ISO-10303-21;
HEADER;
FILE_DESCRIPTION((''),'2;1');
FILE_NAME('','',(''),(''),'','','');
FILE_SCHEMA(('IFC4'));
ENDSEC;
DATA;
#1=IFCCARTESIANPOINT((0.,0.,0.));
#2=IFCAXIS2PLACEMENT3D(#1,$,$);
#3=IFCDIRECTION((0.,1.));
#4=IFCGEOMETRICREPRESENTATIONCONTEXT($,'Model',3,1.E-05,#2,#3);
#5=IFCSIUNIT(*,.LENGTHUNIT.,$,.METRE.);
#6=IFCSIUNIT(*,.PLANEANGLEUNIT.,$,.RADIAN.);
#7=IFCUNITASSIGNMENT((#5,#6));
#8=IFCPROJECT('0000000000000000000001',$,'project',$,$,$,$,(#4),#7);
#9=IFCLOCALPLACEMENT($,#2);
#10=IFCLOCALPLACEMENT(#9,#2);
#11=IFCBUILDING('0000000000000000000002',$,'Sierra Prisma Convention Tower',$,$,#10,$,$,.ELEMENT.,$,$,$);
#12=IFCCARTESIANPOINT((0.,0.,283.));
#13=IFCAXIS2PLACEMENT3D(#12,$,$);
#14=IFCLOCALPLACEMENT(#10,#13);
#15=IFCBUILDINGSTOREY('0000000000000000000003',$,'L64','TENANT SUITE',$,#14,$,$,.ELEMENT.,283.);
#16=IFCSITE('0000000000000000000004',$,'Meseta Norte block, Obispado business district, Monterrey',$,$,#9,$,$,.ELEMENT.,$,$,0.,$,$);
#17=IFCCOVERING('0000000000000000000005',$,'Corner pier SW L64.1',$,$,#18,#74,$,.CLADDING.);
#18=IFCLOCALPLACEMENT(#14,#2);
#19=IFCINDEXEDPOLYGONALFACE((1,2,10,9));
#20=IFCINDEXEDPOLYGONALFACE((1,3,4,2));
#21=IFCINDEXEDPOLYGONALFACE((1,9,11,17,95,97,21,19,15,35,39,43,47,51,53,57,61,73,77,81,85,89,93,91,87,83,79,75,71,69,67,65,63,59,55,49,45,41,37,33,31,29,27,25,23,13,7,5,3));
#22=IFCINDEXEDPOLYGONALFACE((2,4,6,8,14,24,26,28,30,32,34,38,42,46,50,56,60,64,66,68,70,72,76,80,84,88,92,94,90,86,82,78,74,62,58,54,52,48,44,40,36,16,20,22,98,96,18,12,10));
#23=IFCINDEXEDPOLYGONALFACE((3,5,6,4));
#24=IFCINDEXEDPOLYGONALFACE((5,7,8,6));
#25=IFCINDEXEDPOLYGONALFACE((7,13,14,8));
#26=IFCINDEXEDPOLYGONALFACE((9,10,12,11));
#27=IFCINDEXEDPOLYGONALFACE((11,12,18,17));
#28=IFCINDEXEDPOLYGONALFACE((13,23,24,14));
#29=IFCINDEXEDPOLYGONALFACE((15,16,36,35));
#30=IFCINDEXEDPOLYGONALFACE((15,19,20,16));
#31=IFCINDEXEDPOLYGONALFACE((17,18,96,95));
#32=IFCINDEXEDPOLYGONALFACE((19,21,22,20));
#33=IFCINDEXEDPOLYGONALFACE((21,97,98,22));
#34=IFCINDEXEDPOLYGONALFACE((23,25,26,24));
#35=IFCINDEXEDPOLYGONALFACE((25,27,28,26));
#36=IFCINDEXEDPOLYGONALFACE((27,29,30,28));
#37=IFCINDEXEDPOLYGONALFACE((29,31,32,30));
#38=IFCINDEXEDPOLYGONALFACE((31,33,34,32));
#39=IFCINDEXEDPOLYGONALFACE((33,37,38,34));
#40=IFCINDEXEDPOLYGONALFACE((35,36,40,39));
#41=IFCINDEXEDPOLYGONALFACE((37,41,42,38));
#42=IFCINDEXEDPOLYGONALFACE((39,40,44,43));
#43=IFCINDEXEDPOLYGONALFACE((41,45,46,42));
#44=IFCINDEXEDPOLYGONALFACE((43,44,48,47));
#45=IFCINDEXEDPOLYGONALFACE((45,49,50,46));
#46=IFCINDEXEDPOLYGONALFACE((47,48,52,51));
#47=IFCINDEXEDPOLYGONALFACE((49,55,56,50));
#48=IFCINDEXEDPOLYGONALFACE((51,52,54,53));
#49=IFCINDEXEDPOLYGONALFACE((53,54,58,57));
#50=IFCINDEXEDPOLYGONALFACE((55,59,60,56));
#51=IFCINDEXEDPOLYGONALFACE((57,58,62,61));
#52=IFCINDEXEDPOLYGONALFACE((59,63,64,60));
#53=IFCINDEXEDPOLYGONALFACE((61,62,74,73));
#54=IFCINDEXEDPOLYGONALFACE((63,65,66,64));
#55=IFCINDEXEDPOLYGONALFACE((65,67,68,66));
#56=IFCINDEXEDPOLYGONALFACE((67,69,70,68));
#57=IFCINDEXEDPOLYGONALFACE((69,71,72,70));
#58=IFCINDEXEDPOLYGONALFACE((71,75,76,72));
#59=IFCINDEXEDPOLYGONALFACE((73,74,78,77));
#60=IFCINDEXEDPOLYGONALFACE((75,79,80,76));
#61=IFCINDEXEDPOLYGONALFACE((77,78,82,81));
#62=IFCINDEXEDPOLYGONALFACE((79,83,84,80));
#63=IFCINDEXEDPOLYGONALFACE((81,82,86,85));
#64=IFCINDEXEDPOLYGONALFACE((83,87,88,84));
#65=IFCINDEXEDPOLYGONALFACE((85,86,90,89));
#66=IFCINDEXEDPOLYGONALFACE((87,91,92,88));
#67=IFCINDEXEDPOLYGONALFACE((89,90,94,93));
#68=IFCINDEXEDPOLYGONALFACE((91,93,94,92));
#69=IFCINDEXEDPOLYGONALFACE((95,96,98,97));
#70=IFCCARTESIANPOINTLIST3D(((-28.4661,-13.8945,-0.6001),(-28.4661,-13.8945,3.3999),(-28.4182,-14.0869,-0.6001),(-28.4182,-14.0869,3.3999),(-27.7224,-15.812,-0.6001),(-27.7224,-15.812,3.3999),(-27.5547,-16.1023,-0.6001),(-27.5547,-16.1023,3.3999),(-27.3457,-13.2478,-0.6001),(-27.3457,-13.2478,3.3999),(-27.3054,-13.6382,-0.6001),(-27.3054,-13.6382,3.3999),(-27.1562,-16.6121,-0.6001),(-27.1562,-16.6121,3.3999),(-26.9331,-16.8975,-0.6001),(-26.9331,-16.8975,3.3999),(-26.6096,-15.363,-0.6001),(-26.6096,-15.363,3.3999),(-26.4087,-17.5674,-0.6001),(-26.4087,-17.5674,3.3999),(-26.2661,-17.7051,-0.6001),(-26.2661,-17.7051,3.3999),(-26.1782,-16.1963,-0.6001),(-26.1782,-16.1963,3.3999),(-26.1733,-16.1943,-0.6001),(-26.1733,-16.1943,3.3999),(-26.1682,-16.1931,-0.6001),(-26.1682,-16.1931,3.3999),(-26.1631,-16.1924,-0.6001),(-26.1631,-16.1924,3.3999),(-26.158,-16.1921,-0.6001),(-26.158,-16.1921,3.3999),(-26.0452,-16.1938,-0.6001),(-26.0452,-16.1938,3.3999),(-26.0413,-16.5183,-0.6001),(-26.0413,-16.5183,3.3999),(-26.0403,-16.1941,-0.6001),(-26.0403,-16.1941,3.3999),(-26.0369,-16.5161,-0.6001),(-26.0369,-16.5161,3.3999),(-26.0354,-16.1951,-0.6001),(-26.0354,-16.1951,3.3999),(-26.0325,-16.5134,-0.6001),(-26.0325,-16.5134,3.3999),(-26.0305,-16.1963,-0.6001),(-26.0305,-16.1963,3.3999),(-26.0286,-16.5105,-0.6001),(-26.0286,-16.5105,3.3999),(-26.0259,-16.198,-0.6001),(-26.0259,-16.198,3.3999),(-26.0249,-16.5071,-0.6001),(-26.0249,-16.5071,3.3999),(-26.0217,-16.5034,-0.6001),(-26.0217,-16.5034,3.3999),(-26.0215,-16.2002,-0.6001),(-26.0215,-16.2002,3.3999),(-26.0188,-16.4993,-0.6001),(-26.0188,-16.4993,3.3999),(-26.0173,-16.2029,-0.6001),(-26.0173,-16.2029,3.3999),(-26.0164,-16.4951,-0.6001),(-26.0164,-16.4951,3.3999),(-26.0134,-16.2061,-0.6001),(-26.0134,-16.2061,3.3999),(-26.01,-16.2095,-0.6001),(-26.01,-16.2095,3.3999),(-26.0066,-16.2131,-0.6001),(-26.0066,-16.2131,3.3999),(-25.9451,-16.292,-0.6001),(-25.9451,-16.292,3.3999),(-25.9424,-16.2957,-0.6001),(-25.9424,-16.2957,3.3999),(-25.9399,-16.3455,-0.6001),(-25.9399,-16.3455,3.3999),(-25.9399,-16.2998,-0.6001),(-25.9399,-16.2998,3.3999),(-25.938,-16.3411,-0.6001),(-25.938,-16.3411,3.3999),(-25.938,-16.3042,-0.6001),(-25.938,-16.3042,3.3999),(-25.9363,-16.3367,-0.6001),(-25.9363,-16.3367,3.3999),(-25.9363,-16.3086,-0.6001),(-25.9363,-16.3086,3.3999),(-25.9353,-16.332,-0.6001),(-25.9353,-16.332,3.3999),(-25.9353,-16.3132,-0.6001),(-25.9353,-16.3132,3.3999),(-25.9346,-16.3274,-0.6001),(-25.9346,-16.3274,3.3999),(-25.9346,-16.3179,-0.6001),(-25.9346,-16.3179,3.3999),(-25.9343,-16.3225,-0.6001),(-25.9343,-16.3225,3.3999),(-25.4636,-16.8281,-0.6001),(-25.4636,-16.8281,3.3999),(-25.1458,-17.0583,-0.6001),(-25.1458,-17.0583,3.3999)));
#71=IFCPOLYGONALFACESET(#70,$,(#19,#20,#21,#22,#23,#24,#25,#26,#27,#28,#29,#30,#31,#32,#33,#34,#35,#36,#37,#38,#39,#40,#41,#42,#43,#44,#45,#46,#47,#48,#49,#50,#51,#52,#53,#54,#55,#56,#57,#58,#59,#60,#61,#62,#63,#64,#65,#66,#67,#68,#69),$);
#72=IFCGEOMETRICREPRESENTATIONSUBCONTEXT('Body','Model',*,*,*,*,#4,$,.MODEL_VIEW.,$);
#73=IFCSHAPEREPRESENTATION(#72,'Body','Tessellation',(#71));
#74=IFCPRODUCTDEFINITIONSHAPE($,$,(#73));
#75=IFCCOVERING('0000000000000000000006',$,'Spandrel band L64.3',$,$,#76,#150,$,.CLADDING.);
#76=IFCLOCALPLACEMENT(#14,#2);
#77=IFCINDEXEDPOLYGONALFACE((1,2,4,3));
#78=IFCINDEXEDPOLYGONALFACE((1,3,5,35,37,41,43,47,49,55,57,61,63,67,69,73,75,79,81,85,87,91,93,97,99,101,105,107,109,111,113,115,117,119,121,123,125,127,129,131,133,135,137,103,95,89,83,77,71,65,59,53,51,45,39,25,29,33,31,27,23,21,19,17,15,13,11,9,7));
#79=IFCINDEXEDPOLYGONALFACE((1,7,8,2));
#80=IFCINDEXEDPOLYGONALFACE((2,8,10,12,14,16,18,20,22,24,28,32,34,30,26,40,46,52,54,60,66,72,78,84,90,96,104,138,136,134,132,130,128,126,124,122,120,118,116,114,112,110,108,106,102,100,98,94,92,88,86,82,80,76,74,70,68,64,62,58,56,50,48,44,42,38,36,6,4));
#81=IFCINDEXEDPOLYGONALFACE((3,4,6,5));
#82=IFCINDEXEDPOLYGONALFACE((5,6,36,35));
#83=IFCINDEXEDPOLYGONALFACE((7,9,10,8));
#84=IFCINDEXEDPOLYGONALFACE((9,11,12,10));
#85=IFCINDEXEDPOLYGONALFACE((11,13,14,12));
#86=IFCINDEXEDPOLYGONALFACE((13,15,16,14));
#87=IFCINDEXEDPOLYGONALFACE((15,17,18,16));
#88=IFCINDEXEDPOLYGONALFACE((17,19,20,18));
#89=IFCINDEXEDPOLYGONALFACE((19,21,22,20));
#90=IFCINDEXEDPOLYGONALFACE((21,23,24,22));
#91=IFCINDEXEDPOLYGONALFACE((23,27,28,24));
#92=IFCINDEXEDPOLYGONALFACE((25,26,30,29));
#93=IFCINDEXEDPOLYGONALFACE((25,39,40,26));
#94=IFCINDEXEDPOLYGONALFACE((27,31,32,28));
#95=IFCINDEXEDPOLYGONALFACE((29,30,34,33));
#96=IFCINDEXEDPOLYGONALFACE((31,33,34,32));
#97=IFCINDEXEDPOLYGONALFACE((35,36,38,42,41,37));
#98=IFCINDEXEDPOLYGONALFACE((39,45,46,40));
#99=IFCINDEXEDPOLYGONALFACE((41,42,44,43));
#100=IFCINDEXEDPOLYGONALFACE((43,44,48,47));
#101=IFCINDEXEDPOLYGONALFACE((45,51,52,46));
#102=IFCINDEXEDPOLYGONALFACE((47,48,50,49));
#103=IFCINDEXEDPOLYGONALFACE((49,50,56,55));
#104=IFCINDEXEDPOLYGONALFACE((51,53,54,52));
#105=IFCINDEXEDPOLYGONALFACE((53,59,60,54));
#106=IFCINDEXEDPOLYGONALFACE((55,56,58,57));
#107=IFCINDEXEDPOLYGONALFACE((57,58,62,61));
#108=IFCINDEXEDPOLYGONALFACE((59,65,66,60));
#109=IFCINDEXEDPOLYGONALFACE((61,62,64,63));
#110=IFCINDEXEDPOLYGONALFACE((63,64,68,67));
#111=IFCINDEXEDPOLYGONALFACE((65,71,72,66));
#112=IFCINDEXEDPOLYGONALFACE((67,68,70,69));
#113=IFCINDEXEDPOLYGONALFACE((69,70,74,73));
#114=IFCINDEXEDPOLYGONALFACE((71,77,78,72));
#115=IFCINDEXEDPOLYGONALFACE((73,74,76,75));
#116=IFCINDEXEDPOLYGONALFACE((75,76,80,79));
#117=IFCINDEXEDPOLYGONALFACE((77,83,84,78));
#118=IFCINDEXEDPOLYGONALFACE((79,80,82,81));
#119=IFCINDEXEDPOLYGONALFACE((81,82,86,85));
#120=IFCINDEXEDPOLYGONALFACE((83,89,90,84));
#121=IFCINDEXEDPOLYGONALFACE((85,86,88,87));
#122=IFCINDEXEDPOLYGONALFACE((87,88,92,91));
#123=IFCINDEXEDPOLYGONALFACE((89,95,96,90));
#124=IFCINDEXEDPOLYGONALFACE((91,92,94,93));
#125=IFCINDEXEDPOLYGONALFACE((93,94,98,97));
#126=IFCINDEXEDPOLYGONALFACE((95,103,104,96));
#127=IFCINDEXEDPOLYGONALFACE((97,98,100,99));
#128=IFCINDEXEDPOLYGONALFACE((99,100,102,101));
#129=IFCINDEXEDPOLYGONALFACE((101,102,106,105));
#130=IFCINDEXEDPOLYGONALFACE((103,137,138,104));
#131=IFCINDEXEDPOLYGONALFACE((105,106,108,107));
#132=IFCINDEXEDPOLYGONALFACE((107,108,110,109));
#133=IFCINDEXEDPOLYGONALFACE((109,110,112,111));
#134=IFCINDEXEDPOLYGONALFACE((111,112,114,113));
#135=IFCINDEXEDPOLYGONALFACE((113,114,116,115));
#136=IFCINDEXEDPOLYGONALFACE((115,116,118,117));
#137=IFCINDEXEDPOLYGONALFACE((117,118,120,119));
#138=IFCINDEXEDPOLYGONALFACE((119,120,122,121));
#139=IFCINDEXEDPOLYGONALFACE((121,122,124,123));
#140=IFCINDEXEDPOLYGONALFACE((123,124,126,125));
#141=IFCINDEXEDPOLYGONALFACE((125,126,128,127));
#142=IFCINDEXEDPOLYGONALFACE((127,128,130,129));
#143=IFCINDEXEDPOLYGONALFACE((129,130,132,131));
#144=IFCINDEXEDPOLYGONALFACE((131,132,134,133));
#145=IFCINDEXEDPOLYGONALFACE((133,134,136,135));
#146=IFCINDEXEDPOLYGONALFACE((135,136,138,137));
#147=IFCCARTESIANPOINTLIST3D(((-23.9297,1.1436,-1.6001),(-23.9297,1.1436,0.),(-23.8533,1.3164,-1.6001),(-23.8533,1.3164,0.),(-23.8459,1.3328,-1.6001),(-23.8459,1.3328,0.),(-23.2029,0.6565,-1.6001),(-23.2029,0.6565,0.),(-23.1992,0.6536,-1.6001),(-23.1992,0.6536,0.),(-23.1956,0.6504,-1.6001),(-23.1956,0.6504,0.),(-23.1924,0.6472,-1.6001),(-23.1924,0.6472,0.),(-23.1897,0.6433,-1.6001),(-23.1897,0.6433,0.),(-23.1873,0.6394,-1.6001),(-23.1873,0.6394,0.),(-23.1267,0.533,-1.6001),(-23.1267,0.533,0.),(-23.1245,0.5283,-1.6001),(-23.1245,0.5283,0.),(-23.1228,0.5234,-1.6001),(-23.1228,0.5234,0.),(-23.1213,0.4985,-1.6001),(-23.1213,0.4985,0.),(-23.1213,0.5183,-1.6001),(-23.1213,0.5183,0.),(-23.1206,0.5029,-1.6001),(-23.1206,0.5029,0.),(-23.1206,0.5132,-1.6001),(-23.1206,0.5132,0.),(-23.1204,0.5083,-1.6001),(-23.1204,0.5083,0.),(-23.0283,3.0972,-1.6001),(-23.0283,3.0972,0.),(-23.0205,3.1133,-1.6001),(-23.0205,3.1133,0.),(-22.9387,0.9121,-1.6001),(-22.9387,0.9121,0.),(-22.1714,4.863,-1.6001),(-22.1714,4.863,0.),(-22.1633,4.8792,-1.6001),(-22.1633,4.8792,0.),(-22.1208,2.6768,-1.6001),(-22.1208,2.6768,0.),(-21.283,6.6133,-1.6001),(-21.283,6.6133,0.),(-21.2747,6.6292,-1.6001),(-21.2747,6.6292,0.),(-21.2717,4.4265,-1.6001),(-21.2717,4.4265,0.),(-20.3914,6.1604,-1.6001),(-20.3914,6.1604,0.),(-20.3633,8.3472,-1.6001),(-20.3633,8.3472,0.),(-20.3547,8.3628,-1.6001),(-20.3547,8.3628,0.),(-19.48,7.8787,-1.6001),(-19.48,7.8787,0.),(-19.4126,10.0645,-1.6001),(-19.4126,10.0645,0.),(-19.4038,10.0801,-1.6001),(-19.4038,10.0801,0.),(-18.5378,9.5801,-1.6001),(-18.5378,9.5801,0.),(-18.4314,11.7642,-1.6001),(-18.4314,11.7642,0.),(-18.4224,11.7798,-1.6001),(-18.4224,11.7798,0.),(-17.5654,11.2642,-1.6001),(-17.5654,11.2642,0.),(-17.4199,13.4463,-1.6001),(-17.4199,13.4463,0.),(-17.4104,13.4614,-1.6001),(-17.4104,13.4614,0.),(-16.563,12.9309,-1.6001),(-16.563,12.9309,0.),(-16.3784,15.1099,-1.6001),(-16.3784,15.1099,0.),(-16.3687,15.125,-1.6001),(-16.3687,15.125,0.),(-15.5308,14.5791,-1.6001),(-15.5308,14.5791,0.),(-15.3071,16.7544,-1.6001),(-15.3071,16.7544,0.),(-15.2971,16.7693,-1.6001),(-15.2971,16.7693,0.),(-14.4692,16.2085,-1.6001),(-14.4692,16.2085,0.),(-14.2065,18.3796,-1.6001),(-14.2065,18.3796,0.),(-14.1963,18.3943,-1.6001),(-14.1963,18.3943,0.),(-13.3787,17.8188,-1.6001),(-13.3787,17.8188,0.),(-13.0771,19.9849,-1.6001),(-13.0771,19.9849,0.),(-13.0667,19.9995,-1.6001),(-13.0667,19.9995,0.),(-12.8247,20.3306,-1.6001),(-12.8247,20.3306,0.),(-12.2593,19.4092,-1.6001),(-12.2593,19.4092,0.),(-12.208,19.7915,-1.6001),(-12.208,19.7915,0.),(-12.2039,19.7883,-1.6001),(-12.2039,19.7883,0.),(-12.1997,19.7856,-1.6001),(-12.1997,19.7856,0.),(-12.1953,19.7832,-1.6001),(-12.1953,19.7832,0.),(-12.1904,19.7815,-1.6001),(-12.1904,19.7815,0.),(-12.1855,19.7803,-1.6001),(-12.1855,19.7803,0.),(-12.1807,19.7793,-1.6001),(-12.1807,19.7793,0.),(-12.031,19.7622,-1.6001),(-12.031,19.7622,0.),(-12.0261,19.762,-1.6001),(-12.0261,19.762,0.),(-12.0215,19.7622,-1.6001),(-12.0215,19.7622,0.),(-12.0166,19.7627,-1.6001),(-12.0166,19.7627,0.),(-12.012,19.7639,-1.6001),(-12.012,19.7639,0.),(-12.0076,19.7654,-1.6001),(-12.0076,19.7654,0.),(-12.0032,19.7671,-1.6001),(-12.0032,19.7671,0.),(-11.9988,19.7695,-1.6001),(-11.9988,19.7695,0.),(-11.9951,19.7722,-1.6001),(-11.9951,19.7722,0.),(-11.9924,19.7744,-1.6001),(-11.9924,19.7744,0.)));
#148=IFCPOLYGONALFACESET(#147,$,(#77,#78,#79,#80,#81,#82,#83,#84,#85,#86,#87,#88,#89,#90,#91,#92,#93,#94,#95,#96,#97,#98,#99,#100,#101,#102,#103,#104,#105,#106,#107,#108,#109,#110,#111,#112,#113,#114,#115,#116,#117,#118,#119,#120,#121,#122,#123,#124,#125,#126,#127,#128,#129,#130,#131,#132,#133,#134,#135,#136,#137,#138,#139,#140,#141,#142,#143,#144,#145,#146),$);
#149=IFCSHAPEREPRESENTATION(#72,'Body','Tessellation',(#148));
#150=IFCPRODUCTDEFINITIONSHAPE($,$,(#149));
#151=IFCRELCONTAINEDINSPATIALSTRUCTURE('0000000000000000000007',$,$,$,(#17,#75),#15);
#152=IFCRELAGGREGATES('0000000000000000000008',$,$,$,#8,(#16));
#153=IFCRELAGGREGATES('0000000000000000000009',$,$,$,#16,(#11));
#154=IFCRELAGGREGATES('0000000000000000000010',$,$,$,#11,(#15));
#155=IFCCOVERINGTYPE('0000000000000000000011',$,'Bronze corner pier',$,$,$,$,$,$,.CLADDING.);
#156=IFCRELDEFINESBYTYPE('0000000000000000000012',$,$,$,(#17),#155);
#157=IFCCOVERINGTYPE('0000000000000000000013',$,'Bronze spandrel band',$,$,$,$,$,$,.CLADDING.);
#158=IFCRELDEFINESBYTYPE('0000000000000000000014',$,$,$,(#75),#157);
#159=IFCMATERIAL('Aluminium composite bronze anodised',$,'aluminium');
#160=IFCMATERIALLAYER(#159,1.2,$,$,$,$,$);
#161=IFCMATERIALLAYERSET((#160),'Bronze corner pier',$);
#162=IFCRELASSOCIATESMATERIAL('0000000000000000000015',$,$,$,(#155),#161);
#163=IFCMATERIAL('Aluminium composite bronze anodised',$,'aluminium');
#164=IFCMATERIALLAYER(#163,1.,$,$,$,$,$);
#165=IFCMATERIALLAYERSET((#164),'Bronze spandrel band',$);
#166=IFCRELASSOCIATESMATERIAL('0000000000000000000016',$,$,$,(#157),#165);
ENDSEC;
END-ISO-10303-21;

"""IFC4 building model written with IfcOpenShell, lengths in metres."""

from ifc_helpers import new_model, si_unit, direction, frame, origin, place, context, subcontext, project, spatial, polyline, outline, extrude, material, layer, layer_set, type_object, element, save


model = new_model("IFC4")

# Units and contexts
model_context = context("Model", 3, precision=1e-05, world=origin(), true_north=direction((0.0, 1.0)))
body_context = subcontext(model_context, "Body", "Model", "MODEL_VIEW")
ifc_project = project(units=[si_unit("LENGTHUNIT", "METRE"), si_unit("PLANEANGLEUNIT", "RADIAN")], contexts=[model_context])

# Site, building, storey
site_placement = place(None, origin())
site = spatial("IfcSite", under=ifc_project, at=site_placement, Name="Meseta Norte block, Obispado business district, Monterrey", CompositionType="ELEMENT", RefElevation=0.0)
building_placement = place(site_placement, origin())
building = spatial("IfcBuilding", under=site, at=building_placement, Name="Sierra Prisma Convention Tower", CompositionType="ELEMENT")
storey_placement = place(building_placement, frame((0.0, 0.0, 283.0)))
storey = spatial("IfcBuildingStorey", under=building, at=storey_placement, Name="L64", Description="TENANT SUITE", CompositionType="ELEMENT", Elevation=283.0)

# Coverings
ifc_material_1 = material(Name="Aluminium composite bronze anodised", Category="aluminium")
ifc_layer_1 = layer(ifc_material_1, 1.2)
ifc_layer_set_1 = layer_set([ifc_layer_1], Name="Bronze corner pier")
covering_type_1 = type_object("IfcCoveringType", Name="Bronze corner pier", PredefinedType="CLADDING", material=ifc_layer_set_1)
covering_1_placement = place(storey_placement, frame((0.0, 0.0, -0.6001)))
element("IfcCovering", 1, at=covering_1_placement, inside=storey, type_object=covering_type_1, Name="Corner pier SW L64.1", PredefinedType="CLADDING", context=body_context, shape_type="SweptSolid", body=[
    extrude(outline(polyline([(-27.3457, -13.2478), (-27.3054, -13.6382), (-26.6096, -15.363), (-25.4636, -16.8281), (-25.1458, -17.0583), (-26.2661, -17.7051), (-26.4087, -17.5674), (-26.9331, -16.8975), (-26.0413, -16.5183), (-26.0369, -16.5161), (-26.0325, -16.5134), (-26.0286, -16.5105), (-26.0249, -16.5071), (-26.0217, -16.5034), (-26.0188, -16.4993), (-26.0164, -16.4951), (-25.9399, -16.3455), (-25.938, -16.3411), (-25.9363, -16.3367), (-25.9353, -16.332), (-25.9346, -16.3274), (-25.9343, -16.3225), (-25.9346, -16.3179), (-25.9353, -16.3132), (-25.9363, -16.3086), (-25.938, -16.3042), (-25.9399, -16.2998), (-25.9424, -16.2957), (-25.9451, -16.292), (-26.0066, -16.2131), (-26.01, -16.2095), (-26.0134, -16.2061), (-26.0173, -16.2029), (-26.0215, -16.2002), (-26.0259, -16.198), (-26.0305, -16.1963), (-26.0354, -16.1951), (-26.0403, -16.1941), (-26.0452, -16.1938), (-26.158, -16.1921), (-26.1631, -16.1924), (-26.1682, -16.1931), (-26.1733, -16.1943), (-26.1782, -16.1963), (-27.1562, -16.6121), (-27.5547, -16.1023), (-27.7224, -15.812), (-28.4182, -14.0869), (-28.4661, -13.8945), (-27.3457, -13.2478)])), origin(), (0.0, 0.0, 1.0), 4.0),
])
ifc_material_2 = material(Name="Aluminium composite bronze anodised", Category="aluminium")
ifc_layer_2 = layer(ifc_material_2, 1.0)
ifc_layer_set_2 = layer_set([ifc_layer_2], Name="Bronze spandrel band")
covering_type_2 = type_object("IfcCoveringType", Name="Bronze spandrel band", PredefinedType="CLADDING", material=ifc_layer_set_2)
covering_2_placement = place(storey_placement, frame((0.0, 0.0, -1.6001)))
element("IfcCovering", 2, at=covering_2_placement, inside=storey, type_object=covering_type_2, Name="Spandrel band L64.3", PredefinedType="CLADDING", context=body_context, shape_type="SweptSolid", body=[
    extrude(outline(polyline([(-21.283, 6.6133), (-21.2747, 6.6292), (-20.3633, 8.3472), (-20.3547, 8.3628), (-19.4126, 10.0645), (-19.4038, 10.0801), (-18.4314, 11.7642), (-18.4224, 11.7798), (-17.4199, 13.4463), (-17.4104, 13.4614), (-16.3784, 15.1099), (-16.3687, 15.125), (-15.3071, 16.7544), (-15.2971, 16.7693), (-14.2065, 18.3796), (-14.1963, 18.3943), (-13.0771, 19.9849), (-13.0667, 19.9995), (-12.8247, 20.3306), (-12.208, 19.7915), (-12.2039, 19.7883), (-12.1997, 19.7856), (-12.1953, 19.7832), (-12.1904, 19.7815), (-12.1855, 19.7803), (-12.1807, 19.7793), (-12.031, 19.7622), (-12.0261, 19.762), (-12.0215, 19.7622), (-12.0166, 19.7627), (-12.012, 19.7639), (-12.0076, 19.7654), (-12.0032, 19.7671), (-11.9988, 19.7695), (-11.9951, 19.7722), (-11.9924, 19.7744), (-12.2593, 19.4092), (-13.3787, 17.8188), (-14.4692, 16.2085), (-15.5308, 14.5791), (-16.563, 12.9309), (-17.5654, 11.2642), (-18.5378, 9.5801), (-19.48, 7.8787), (-20.3914, 6.1604), (-21.2717, 4.4265), (-22.1208, 2.6768), (-22.9387, 0.9121), (-23.1213, 0.4985), (-23.1206, 0.5029), (-23.1204, 0.5083), (-23.1206, 0.5132), (-23.1213, 0.5183), (-23.1228, 0.5234), (-23.1245, 0.5283), (-23.1267, 0.533), (-23.1873, 0.6394), (-23.1897, 0.6433), (-23.1924, 0.6472), (-23.1956, 0.6504), (-23.1992, 0.6536), (-23.2029, 0.6565), (-23.9297, 1.1436), (-23.8533, 1.3164), (-23.8459, 1.3328), (-23.0283, 3.0972), (-23.0205, 3.1133), (-22.1714, 4.863), (-22.1633, 4.8792), (-21.283, 6.6133)])), origin(), (0.0, 0.0, 1.0), 1.6001),
])

save(model, "model.ifc")
